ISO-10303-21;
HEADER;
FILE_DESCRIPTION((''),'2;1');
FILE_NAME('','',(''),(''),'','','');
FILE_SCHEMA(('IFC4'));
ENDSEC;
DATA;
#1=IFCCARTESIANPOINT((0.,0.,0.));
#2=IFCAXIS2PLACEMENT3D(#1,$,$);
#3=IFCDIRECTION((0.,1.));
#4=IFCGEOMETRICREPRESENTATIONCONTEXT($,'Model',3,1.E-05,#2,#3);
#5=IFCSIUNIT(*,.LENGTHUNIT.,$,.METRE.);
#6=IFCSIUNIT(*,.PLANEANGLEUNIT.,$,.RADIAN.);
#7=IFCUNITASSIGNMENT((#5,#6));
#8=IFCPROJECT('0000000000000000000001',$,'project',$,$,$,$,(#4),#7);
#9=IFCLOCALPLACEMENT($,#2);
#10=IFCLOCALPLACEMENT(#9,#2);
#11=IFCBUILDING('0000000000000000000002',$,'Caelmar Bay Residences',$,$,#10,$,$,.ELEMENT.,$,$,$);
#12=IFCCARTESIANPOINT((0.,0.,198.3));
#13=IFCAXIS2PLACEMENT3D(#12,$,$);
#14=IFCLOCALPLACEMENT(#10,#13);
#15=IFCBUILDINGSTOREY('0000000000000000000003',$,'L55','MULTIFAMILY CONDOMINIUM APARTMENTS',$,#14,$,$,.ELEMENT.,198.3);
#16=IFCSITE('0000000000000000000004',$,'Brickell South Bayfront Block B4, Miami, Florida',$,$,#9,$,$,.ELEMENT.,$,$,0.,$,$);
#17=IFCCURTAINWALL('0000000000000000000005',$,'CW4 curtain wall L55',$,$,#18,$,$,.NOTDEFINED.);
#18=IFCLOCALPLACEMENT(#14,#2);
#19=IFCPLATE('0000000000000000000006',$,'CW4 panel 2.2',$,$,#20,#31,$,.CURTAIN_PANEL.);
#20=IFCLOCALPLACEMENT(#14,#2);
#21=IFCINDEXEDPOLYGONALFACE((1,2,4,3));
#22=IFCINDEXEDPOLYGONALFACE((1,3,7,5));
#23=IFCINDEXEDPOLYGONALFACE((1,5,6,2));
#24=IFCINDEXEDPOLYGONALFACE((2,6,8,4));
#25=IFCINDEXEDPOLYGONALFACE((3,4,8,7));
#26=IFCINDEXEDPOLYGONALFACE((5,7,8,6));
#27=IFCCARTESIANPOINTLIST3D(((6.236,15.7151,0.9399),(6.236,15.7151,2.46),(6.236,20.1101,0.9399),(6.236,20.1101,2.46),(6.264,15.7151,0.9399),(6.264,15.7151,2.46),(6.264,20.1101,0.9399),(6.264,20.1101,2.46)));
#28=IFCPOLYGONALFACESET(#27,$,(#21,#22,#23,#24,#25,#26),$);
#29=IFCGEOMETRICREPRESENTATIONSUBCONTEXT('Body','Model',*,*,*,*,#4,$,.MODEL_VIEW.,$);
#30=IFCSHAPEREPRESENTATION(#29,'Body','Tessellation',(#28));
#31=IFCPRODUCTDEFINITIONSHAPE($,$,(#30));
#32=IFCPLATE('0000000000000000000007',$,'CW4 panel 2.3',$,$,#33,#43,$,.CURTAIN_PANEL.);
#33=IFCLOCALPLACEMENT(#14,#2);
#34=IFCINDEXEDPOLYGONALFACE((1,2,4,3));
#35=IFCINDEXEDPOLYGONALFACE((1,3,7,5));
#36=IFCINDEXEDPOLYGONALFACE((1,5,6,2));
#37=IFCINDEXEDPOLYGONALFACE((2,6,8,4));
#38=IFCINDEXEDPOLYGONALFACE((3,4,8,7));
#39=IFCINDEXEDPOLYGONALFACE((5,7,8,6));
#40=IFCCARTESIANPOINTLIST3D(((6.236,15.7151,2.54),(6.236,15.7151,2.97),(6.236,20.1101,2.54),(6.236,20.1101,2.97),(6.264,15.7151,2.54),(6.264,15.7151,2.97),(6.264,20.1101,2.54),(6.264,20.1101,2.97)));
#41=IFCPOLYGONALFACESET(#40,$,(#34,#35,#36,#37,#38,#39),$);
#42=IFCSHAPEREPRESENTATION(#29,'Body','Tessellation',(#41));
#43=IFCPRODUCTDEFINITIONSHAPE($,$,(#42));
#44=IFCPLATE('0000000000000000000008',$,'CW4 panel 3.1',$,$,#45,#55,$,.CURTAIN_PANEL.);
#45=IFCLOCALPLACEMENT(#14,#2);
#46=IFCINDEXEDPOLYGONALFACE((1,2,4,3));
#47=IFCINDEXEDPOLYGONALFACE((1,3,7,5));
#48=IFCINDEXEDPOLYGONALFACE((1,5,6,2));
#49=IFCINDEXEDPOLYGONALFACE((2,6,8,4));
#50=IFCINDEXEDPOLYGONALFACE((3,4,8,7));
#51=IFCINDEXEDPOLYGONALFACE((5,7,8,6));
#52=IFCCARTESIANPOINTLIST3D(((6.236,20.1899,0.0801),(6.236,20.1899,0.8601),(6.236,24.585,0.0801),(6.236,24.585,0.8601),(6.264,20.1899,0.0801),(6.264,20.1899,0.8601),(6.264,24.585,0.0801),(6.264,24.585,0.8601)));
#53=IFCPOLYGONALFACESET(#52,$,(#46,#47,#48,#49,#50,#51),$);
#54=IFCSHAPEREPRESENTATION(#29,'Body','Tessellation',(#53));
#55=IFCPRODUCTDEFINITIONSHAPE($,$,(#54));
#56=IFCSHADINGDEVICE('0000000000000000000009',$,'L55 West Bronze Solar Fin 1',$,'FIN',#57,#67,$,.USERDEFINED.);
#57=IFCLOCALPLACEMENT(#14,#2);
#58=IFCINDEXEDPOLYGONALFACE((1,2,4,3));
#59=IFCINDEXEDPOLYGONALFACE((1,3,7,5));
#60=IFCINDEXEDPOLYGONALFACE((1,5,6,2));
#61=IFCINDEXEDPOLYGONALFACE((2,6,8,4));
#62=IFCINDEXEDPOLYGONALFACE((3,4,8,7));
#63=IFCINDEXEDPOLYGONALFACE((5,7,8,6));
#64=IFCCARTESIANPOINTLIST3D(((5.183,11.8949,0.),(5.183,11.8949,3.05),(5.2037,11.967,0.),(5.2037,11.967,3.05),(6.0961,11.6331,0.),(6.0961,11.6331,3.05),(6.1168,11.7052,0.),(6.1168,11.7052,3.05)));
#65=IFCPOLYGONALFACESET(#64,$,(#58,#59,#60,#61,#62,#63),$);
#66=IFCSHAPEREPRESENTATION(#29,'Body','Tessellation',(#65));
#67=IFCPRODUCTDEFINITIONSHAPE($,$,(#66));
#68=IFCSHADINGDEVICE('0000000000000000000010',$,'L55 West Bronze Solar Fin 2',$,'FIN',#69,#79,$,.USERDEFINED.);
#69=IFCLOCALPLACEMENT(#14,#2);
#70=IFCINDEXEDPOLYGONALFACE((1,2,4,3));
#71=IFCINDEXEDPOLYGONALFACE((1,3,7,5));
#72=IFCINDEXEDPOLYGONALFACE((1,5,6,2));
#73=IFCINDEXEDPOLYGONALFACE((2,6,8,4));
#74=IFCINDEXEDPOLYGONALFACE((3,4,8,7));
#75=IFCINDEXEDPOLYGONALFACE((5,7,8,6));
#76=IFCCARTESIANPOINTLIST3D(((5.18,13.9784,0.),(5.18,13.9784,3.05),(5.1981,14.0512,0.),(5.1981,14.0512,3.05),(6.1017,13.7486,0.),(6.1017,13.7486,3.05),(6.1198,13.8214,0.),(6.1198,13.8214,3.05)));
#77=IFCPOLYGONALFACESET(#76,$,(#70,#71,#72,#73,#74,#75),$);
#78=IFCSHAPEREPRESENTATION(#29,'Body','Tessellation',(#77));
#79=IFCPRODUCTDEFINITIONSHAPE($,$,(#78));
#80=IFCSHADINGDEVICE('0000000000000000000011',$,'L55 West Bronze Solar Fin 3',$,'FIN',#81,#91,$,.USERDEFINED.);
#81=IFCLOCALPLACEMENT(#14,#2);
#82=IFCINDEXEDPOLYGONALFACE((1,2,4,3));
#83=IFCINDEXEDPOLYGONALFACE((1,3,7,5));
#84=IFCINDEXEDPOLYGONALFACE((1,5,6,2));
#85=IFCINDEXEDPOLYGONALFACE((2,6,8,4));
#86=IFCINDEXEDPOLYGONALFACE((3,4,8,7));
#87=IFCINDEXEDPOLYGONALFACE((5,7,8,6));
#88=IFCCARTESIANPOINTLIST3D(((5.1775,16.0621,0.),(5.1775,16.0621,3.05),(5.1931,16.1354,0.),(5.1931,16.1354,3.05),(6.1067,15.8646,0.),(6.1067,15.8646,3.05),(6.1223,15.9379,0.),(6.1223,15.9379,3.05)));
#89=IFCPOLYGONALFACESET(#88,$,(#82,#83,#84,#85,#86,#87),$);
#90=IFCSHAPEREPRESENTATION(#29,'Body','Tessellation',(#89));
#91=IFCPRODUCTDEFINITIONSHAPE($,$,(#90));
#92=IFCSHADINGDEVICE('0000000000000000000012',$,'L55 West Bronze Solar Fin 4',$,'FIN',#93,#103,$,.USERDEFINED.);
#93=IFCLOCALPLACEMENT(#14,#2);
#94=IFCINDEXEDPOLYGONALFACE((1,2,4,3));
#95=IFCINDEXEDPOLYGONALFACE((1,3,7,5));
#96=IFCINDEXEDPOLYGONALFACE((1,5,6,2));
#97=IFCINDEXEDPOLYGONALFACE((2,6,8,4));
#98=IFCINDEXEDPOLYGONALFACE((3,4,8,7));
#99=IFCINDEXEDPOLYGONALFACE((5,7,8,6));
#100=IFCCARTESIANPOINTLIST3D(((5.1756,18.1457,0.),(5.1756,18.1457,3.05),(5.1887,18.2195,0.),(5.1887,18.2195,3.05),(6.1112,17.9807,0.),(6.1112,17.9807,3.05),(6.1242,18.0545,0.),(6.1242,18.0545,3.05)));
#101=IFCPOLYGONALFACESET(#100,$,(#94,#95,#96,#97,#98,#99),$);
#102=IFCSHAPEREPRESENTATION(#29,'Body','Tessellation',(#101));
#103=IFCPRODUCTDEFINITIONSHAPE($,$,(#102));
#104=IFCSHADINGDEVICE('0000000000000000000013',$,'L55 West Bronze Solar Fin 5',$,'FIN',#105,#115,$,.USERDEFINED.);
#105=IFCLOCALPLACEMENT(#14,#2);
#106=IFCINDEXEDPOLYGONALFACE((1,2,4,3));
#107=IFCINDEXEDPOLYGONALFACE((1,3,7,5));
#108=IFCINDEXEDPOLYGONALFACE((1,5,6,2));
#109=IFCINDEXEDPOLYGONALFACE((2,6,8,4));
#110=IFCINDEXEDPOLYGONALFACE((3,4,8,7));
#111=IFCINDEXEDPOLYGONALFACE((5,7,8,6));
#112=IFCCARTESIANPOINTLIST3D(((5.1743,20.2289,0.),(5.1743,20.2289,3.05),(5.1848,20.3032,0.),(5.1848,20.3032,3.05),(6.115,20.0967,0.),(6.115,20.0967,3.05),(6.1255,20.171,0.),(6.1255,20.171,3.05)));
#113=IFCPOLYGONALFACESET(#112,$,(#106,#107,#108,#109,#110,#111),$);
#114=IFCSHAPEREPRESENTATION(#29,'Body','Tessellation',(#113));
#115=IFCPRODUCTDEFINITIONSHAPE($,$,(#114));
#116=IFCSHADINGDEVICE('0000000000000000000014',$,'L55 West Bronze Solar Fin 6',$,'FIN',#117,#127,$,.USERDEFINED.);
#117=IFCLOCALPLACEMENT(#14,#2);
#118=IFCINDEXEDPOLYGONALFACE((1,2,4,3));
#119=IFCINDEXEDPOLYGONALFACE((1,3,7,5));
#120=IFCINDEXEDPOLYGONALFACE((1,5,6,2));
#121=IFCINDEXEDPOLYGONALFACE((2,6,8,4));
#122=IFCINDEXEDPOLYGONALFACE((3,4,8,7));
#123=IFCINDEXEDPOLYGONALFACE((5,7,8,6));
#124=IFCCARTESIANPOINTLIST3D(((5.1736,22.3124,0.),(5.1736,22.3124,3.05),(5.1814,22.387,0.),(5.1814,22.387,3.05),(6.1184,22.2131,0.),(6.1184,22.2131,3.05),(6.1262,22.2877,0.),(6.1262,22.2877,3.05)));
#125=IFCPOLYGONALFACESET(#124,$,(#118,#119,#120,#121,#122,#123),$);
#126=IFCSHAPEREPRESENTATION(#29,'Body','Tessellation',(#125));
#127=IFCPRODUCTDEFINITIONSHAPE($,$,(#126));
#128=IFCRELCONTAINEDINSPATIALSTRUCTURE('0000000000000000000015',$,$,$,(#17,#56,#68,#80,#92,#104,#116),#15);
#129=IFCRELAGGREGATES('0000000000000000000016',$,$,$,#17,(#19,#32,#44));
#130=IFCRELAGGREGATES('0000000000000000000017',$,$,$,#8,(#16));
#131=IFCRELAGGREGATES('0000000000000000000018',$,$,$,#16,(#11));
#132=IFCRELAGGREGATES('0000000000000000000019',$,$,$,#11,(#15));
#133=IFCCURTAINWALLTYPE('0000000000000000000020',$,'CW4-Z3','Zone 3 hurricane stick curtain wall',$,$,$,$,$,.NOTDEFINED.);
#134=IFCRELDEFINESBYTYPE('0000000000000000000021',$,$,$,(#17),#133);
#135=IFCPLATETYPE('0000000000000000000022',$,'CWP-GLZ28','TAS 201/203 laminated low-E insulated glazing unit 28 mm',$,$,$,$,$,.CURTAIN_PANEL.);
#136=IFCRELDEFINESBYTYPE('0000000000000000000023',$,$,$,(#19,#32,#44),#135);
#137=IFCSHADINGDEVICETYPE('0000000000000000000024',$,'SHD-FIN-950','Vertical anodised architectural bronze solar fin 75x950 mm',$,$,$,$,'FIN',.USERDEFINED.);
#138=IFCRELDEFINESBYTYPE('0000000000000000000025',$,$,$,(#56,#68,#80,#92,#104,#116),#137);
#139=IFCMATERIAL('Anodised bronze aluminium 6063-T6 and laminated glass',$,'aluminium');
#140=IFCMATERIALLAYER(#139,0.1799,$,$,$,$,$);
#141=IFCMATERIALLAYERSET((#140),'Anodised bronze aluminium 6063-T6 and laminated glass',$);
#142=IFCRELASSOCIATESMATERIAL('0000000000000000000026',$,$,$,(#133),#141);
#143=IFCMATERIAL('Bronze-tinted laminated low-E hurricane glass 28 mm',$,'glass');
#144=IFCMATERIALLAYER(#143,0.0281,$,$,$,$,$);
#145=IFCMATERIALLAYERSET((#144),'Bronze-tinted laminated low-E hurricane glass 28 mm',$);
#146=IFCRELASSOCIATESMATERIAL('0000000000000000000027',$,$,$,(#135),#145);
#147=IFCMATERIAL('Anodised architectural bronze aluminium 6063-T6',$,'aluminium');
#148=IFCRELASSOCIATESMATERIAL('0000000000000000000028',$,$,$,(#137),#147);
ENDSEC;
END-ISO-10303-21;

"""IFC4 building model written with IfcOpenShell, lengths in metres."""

from ifc_helpers import new_model, si_unit, direction, frame, origin, origin_2d, place, context, subcontext, project, spatial, rectangle, extrude, material, layer, layer_set, material_profile, profile_set, type_object, element, aggregate, save


model = new_model("IFC4")

# Units and contexts
model_context = context("Model", 3, precision=1e-05, world=origin(), true_north=direction((0.0, 1.0)))
body_context = subcontext(model_context, "Body", "Model", "MODEL_VIEW")
ifc_project = project(units=[si_unit("LENGTHUNIT", "METRE"), si_unit("PLANEANGLEUNIT", "RADIAN")], contexts=[model_context])

# Site, building, storey
site_placement = place(None, origin())
site = spatial("IfcSite", under=ifc_project, at=site_placement, Name="Brickell South Bayfront Block B4, Miami, Florida", CompositionType="ELEMENT", RefElevation=0.0)
building_placement = place(site_placement, origin())
building = spatial("IfcBuilding", under=site, at=building_placement, Name="Caelmar Bay Residences", CompositionType="ELEMENT")
storey_placement = place(building_placement, frame((0.0, 0.0, 198.3)))
storey = spatial("IfcBuildingStorey", under=building, at=storey_placement, Name="L55", Description="MULTIFAMILY CONDOMINIUM APARTMENTS", CompositionType="ELEMENT", Elevation=198.3)

# Curtain wall, plates
ifc_material_1 = material(Name="Anodised bronze aluminium 6063-T6 and laminated glass", Category="aluminium")
ifc_layer_1 = layer(ifc_material_1, 0.1799)
ifc_layer_set_1 = layer_set([ifc_layer_1], Name="Anodised bronze aluminium 6063-T6 and laminated glass")
curtain_wall_type = type_object("IfcCurtainWallType", Name="CW4-Z3", Description="Zone 3 hurricane stick curtain wall", PredefinedType="NOTDEFINED", material=ifc_layer_set_1)
curtain_wall_placement = place(storey_placement, origin())
curtain_wall = element("IfcCurtainWall", 1, at=curtain_wall_placement, inside=storey, type_object=curtain_wall_type, Name="CW4 curtain wall L55", PredefinedType="NOTDEFINED")
ifc_material_2 = material(Name="Bronze-tinted laminated low-E hurricane glass 28 mm", Category="glass")
ifc_layer_2 = layer(ifc_material_2, 0.0281)
ifc_layer_set_2 = layer_set([ifc_layer_2], Name="Bronze-tinted laminated low-E hurricane glass 28 mm")
plate_type = type_object("IfcPlateType", Name="CWP-GLZ28", Description="TAS 201/203 laminated low-E insulated glazing unit 28 mm", PredefinedType="CURTAIN_PANEL", material=ifc_layer_set_2)
plate_1_placement = place(storey_placement, frame((6.25, 17.9126, 0.9399), z_axis=(0.0, 0.0, 1.0), x_axis=(0.0, 1.0, 0.0)))
plate_1 = element("IfcPlate", 2, at=plate_1_placement, type_object=plate_type, Name="CW4 panel 2.2", PredefinedType="CURTAIN_PANEL", context=body_context, shape_type="SweptSolid", body=[
    extrude(rectangle(XDim=4.395, YDim=0.0281, at=origin_2d()), origin(), (0.0, 0.0, 1.0), 1.52),
])
plate_2_placement = place(storey_placement, frame((6.25, 17.9126, 2.54), z_axis=(0.0, 0.0, 1.0), x_axis=(0.0, 1.0, 0.0)))
plate_2 = element("IfcPlate", 3, at=plate_2_placement, type_object=plate_type, Name="CW4 panel 2.3", PredefinedType="CURTAIN_PANEL", context=body_context, shape_type="SweptSolid", body=[
    extrude(rectangle(XDim=4.395, YDim=0.0281, at=origin_2d()), origin(), (0.0, 0.0, 1.0), 0.4299),
])
plate_3_placement = place(storey_placement, frame((6.25, 22.3875, 0.0801), z_axis=(0.0, 0.0, 1.0), x_axis=(0.0, 1.0, 0.0)))
plate_3 = element("IfcPlate", 4, at=plate_3_placement, type_object=plate_type, Name="CW4 panel 3.1", PredefinedType="CURTAIN_PANEL", context=body_context, shape_type="SweptSolid", body=[
    extrude(rectangle(XDim=4.395, YDim=0.0281, at=origin_2d()), origin(), (0.0, 0.0, 1.0), 0.78),
])
aggregate(curtain_wall, [plate_1, plate_2, plate_3])

# Shading devices
ifc_material_3 = material(Name="Anodised architectural bronze aluminium 6063-T6", Category="aluminium")
ifc_material_profile_1 = material_profile(ifc_material_3, rectangle(XDim=0.075, YDim=0.95, at=origin_2d()), Name="BRONZE-FIN-75X950")
ifc_profile_set_1 = profile_set([ifc_material_profile_1], Name="Anodised architectural bronze aluminium 6063-T6")
shading_device_type = type_object("IfcShadingDeviceType", Name="SHD-FIN-950", Description="Vertical anodised architectural bronze solar fin 75x950 mm", ElementType="FIN", PredefinedType="USERDEFINED", material=ifc_profile_set_1)
for number, where, z_axis, x_axis, name in (
    (5, (5.6499, 11.8, 0.0), (0.0, 0.0, 1.0), (0.275637, 0.961262, 0.0), "L55 West Bronze Solar Fin 1"),
    (6, (5.6499, 13.8999, 0.0), (0.0, 0.0, 1.0), (0.241922, 0.970296, 0.0), "L55 West Bronze Solar Fin 2"),
    (7, (5.6499, 16.0, 0.0), (0.0, 0.0, 1.0), (0.207912, 0.978148, 0.0), "L55 West Bronze Solar Fin 3"),
    (8, (5.6499, 18.1001, 0.0), (0.0, 0.0, 1.0), (0.173648, 0.984808, 0.0), "L55 West Bronze Solar Fin 4"),
    (9, (5.6499, 20.2, 0.0), (0.0, 0.0, 1.0), (0.139173, 0.990268, 0.0), "L55 West Bronze Solar Fin 5"),
    (10, (5.6499, 22.3, 0.0), (0.0, 0.0, 1.0), (0.104528, 0.994522, 0.0), "L55 West Bronze Solar Fin 6"),
):
    element("IfcShadingDevice", number, at=place(storey_placement, frame(where, z_axis=z_axis, x_axis=x_axis)), inside=storey, type_object=shading_device_type, Name=name, ObjectType="FIN", PredefinedType="USERDEFINED", context=body_context, shape_type="SweptSolid", body=[
        extrude(rectangle(XDim=0.075, YDim=0.95, at=origin_2d()), origin(), (0.0, 0.0, 1.0), 3.05),
    ])

save(model, "model.ifc")
